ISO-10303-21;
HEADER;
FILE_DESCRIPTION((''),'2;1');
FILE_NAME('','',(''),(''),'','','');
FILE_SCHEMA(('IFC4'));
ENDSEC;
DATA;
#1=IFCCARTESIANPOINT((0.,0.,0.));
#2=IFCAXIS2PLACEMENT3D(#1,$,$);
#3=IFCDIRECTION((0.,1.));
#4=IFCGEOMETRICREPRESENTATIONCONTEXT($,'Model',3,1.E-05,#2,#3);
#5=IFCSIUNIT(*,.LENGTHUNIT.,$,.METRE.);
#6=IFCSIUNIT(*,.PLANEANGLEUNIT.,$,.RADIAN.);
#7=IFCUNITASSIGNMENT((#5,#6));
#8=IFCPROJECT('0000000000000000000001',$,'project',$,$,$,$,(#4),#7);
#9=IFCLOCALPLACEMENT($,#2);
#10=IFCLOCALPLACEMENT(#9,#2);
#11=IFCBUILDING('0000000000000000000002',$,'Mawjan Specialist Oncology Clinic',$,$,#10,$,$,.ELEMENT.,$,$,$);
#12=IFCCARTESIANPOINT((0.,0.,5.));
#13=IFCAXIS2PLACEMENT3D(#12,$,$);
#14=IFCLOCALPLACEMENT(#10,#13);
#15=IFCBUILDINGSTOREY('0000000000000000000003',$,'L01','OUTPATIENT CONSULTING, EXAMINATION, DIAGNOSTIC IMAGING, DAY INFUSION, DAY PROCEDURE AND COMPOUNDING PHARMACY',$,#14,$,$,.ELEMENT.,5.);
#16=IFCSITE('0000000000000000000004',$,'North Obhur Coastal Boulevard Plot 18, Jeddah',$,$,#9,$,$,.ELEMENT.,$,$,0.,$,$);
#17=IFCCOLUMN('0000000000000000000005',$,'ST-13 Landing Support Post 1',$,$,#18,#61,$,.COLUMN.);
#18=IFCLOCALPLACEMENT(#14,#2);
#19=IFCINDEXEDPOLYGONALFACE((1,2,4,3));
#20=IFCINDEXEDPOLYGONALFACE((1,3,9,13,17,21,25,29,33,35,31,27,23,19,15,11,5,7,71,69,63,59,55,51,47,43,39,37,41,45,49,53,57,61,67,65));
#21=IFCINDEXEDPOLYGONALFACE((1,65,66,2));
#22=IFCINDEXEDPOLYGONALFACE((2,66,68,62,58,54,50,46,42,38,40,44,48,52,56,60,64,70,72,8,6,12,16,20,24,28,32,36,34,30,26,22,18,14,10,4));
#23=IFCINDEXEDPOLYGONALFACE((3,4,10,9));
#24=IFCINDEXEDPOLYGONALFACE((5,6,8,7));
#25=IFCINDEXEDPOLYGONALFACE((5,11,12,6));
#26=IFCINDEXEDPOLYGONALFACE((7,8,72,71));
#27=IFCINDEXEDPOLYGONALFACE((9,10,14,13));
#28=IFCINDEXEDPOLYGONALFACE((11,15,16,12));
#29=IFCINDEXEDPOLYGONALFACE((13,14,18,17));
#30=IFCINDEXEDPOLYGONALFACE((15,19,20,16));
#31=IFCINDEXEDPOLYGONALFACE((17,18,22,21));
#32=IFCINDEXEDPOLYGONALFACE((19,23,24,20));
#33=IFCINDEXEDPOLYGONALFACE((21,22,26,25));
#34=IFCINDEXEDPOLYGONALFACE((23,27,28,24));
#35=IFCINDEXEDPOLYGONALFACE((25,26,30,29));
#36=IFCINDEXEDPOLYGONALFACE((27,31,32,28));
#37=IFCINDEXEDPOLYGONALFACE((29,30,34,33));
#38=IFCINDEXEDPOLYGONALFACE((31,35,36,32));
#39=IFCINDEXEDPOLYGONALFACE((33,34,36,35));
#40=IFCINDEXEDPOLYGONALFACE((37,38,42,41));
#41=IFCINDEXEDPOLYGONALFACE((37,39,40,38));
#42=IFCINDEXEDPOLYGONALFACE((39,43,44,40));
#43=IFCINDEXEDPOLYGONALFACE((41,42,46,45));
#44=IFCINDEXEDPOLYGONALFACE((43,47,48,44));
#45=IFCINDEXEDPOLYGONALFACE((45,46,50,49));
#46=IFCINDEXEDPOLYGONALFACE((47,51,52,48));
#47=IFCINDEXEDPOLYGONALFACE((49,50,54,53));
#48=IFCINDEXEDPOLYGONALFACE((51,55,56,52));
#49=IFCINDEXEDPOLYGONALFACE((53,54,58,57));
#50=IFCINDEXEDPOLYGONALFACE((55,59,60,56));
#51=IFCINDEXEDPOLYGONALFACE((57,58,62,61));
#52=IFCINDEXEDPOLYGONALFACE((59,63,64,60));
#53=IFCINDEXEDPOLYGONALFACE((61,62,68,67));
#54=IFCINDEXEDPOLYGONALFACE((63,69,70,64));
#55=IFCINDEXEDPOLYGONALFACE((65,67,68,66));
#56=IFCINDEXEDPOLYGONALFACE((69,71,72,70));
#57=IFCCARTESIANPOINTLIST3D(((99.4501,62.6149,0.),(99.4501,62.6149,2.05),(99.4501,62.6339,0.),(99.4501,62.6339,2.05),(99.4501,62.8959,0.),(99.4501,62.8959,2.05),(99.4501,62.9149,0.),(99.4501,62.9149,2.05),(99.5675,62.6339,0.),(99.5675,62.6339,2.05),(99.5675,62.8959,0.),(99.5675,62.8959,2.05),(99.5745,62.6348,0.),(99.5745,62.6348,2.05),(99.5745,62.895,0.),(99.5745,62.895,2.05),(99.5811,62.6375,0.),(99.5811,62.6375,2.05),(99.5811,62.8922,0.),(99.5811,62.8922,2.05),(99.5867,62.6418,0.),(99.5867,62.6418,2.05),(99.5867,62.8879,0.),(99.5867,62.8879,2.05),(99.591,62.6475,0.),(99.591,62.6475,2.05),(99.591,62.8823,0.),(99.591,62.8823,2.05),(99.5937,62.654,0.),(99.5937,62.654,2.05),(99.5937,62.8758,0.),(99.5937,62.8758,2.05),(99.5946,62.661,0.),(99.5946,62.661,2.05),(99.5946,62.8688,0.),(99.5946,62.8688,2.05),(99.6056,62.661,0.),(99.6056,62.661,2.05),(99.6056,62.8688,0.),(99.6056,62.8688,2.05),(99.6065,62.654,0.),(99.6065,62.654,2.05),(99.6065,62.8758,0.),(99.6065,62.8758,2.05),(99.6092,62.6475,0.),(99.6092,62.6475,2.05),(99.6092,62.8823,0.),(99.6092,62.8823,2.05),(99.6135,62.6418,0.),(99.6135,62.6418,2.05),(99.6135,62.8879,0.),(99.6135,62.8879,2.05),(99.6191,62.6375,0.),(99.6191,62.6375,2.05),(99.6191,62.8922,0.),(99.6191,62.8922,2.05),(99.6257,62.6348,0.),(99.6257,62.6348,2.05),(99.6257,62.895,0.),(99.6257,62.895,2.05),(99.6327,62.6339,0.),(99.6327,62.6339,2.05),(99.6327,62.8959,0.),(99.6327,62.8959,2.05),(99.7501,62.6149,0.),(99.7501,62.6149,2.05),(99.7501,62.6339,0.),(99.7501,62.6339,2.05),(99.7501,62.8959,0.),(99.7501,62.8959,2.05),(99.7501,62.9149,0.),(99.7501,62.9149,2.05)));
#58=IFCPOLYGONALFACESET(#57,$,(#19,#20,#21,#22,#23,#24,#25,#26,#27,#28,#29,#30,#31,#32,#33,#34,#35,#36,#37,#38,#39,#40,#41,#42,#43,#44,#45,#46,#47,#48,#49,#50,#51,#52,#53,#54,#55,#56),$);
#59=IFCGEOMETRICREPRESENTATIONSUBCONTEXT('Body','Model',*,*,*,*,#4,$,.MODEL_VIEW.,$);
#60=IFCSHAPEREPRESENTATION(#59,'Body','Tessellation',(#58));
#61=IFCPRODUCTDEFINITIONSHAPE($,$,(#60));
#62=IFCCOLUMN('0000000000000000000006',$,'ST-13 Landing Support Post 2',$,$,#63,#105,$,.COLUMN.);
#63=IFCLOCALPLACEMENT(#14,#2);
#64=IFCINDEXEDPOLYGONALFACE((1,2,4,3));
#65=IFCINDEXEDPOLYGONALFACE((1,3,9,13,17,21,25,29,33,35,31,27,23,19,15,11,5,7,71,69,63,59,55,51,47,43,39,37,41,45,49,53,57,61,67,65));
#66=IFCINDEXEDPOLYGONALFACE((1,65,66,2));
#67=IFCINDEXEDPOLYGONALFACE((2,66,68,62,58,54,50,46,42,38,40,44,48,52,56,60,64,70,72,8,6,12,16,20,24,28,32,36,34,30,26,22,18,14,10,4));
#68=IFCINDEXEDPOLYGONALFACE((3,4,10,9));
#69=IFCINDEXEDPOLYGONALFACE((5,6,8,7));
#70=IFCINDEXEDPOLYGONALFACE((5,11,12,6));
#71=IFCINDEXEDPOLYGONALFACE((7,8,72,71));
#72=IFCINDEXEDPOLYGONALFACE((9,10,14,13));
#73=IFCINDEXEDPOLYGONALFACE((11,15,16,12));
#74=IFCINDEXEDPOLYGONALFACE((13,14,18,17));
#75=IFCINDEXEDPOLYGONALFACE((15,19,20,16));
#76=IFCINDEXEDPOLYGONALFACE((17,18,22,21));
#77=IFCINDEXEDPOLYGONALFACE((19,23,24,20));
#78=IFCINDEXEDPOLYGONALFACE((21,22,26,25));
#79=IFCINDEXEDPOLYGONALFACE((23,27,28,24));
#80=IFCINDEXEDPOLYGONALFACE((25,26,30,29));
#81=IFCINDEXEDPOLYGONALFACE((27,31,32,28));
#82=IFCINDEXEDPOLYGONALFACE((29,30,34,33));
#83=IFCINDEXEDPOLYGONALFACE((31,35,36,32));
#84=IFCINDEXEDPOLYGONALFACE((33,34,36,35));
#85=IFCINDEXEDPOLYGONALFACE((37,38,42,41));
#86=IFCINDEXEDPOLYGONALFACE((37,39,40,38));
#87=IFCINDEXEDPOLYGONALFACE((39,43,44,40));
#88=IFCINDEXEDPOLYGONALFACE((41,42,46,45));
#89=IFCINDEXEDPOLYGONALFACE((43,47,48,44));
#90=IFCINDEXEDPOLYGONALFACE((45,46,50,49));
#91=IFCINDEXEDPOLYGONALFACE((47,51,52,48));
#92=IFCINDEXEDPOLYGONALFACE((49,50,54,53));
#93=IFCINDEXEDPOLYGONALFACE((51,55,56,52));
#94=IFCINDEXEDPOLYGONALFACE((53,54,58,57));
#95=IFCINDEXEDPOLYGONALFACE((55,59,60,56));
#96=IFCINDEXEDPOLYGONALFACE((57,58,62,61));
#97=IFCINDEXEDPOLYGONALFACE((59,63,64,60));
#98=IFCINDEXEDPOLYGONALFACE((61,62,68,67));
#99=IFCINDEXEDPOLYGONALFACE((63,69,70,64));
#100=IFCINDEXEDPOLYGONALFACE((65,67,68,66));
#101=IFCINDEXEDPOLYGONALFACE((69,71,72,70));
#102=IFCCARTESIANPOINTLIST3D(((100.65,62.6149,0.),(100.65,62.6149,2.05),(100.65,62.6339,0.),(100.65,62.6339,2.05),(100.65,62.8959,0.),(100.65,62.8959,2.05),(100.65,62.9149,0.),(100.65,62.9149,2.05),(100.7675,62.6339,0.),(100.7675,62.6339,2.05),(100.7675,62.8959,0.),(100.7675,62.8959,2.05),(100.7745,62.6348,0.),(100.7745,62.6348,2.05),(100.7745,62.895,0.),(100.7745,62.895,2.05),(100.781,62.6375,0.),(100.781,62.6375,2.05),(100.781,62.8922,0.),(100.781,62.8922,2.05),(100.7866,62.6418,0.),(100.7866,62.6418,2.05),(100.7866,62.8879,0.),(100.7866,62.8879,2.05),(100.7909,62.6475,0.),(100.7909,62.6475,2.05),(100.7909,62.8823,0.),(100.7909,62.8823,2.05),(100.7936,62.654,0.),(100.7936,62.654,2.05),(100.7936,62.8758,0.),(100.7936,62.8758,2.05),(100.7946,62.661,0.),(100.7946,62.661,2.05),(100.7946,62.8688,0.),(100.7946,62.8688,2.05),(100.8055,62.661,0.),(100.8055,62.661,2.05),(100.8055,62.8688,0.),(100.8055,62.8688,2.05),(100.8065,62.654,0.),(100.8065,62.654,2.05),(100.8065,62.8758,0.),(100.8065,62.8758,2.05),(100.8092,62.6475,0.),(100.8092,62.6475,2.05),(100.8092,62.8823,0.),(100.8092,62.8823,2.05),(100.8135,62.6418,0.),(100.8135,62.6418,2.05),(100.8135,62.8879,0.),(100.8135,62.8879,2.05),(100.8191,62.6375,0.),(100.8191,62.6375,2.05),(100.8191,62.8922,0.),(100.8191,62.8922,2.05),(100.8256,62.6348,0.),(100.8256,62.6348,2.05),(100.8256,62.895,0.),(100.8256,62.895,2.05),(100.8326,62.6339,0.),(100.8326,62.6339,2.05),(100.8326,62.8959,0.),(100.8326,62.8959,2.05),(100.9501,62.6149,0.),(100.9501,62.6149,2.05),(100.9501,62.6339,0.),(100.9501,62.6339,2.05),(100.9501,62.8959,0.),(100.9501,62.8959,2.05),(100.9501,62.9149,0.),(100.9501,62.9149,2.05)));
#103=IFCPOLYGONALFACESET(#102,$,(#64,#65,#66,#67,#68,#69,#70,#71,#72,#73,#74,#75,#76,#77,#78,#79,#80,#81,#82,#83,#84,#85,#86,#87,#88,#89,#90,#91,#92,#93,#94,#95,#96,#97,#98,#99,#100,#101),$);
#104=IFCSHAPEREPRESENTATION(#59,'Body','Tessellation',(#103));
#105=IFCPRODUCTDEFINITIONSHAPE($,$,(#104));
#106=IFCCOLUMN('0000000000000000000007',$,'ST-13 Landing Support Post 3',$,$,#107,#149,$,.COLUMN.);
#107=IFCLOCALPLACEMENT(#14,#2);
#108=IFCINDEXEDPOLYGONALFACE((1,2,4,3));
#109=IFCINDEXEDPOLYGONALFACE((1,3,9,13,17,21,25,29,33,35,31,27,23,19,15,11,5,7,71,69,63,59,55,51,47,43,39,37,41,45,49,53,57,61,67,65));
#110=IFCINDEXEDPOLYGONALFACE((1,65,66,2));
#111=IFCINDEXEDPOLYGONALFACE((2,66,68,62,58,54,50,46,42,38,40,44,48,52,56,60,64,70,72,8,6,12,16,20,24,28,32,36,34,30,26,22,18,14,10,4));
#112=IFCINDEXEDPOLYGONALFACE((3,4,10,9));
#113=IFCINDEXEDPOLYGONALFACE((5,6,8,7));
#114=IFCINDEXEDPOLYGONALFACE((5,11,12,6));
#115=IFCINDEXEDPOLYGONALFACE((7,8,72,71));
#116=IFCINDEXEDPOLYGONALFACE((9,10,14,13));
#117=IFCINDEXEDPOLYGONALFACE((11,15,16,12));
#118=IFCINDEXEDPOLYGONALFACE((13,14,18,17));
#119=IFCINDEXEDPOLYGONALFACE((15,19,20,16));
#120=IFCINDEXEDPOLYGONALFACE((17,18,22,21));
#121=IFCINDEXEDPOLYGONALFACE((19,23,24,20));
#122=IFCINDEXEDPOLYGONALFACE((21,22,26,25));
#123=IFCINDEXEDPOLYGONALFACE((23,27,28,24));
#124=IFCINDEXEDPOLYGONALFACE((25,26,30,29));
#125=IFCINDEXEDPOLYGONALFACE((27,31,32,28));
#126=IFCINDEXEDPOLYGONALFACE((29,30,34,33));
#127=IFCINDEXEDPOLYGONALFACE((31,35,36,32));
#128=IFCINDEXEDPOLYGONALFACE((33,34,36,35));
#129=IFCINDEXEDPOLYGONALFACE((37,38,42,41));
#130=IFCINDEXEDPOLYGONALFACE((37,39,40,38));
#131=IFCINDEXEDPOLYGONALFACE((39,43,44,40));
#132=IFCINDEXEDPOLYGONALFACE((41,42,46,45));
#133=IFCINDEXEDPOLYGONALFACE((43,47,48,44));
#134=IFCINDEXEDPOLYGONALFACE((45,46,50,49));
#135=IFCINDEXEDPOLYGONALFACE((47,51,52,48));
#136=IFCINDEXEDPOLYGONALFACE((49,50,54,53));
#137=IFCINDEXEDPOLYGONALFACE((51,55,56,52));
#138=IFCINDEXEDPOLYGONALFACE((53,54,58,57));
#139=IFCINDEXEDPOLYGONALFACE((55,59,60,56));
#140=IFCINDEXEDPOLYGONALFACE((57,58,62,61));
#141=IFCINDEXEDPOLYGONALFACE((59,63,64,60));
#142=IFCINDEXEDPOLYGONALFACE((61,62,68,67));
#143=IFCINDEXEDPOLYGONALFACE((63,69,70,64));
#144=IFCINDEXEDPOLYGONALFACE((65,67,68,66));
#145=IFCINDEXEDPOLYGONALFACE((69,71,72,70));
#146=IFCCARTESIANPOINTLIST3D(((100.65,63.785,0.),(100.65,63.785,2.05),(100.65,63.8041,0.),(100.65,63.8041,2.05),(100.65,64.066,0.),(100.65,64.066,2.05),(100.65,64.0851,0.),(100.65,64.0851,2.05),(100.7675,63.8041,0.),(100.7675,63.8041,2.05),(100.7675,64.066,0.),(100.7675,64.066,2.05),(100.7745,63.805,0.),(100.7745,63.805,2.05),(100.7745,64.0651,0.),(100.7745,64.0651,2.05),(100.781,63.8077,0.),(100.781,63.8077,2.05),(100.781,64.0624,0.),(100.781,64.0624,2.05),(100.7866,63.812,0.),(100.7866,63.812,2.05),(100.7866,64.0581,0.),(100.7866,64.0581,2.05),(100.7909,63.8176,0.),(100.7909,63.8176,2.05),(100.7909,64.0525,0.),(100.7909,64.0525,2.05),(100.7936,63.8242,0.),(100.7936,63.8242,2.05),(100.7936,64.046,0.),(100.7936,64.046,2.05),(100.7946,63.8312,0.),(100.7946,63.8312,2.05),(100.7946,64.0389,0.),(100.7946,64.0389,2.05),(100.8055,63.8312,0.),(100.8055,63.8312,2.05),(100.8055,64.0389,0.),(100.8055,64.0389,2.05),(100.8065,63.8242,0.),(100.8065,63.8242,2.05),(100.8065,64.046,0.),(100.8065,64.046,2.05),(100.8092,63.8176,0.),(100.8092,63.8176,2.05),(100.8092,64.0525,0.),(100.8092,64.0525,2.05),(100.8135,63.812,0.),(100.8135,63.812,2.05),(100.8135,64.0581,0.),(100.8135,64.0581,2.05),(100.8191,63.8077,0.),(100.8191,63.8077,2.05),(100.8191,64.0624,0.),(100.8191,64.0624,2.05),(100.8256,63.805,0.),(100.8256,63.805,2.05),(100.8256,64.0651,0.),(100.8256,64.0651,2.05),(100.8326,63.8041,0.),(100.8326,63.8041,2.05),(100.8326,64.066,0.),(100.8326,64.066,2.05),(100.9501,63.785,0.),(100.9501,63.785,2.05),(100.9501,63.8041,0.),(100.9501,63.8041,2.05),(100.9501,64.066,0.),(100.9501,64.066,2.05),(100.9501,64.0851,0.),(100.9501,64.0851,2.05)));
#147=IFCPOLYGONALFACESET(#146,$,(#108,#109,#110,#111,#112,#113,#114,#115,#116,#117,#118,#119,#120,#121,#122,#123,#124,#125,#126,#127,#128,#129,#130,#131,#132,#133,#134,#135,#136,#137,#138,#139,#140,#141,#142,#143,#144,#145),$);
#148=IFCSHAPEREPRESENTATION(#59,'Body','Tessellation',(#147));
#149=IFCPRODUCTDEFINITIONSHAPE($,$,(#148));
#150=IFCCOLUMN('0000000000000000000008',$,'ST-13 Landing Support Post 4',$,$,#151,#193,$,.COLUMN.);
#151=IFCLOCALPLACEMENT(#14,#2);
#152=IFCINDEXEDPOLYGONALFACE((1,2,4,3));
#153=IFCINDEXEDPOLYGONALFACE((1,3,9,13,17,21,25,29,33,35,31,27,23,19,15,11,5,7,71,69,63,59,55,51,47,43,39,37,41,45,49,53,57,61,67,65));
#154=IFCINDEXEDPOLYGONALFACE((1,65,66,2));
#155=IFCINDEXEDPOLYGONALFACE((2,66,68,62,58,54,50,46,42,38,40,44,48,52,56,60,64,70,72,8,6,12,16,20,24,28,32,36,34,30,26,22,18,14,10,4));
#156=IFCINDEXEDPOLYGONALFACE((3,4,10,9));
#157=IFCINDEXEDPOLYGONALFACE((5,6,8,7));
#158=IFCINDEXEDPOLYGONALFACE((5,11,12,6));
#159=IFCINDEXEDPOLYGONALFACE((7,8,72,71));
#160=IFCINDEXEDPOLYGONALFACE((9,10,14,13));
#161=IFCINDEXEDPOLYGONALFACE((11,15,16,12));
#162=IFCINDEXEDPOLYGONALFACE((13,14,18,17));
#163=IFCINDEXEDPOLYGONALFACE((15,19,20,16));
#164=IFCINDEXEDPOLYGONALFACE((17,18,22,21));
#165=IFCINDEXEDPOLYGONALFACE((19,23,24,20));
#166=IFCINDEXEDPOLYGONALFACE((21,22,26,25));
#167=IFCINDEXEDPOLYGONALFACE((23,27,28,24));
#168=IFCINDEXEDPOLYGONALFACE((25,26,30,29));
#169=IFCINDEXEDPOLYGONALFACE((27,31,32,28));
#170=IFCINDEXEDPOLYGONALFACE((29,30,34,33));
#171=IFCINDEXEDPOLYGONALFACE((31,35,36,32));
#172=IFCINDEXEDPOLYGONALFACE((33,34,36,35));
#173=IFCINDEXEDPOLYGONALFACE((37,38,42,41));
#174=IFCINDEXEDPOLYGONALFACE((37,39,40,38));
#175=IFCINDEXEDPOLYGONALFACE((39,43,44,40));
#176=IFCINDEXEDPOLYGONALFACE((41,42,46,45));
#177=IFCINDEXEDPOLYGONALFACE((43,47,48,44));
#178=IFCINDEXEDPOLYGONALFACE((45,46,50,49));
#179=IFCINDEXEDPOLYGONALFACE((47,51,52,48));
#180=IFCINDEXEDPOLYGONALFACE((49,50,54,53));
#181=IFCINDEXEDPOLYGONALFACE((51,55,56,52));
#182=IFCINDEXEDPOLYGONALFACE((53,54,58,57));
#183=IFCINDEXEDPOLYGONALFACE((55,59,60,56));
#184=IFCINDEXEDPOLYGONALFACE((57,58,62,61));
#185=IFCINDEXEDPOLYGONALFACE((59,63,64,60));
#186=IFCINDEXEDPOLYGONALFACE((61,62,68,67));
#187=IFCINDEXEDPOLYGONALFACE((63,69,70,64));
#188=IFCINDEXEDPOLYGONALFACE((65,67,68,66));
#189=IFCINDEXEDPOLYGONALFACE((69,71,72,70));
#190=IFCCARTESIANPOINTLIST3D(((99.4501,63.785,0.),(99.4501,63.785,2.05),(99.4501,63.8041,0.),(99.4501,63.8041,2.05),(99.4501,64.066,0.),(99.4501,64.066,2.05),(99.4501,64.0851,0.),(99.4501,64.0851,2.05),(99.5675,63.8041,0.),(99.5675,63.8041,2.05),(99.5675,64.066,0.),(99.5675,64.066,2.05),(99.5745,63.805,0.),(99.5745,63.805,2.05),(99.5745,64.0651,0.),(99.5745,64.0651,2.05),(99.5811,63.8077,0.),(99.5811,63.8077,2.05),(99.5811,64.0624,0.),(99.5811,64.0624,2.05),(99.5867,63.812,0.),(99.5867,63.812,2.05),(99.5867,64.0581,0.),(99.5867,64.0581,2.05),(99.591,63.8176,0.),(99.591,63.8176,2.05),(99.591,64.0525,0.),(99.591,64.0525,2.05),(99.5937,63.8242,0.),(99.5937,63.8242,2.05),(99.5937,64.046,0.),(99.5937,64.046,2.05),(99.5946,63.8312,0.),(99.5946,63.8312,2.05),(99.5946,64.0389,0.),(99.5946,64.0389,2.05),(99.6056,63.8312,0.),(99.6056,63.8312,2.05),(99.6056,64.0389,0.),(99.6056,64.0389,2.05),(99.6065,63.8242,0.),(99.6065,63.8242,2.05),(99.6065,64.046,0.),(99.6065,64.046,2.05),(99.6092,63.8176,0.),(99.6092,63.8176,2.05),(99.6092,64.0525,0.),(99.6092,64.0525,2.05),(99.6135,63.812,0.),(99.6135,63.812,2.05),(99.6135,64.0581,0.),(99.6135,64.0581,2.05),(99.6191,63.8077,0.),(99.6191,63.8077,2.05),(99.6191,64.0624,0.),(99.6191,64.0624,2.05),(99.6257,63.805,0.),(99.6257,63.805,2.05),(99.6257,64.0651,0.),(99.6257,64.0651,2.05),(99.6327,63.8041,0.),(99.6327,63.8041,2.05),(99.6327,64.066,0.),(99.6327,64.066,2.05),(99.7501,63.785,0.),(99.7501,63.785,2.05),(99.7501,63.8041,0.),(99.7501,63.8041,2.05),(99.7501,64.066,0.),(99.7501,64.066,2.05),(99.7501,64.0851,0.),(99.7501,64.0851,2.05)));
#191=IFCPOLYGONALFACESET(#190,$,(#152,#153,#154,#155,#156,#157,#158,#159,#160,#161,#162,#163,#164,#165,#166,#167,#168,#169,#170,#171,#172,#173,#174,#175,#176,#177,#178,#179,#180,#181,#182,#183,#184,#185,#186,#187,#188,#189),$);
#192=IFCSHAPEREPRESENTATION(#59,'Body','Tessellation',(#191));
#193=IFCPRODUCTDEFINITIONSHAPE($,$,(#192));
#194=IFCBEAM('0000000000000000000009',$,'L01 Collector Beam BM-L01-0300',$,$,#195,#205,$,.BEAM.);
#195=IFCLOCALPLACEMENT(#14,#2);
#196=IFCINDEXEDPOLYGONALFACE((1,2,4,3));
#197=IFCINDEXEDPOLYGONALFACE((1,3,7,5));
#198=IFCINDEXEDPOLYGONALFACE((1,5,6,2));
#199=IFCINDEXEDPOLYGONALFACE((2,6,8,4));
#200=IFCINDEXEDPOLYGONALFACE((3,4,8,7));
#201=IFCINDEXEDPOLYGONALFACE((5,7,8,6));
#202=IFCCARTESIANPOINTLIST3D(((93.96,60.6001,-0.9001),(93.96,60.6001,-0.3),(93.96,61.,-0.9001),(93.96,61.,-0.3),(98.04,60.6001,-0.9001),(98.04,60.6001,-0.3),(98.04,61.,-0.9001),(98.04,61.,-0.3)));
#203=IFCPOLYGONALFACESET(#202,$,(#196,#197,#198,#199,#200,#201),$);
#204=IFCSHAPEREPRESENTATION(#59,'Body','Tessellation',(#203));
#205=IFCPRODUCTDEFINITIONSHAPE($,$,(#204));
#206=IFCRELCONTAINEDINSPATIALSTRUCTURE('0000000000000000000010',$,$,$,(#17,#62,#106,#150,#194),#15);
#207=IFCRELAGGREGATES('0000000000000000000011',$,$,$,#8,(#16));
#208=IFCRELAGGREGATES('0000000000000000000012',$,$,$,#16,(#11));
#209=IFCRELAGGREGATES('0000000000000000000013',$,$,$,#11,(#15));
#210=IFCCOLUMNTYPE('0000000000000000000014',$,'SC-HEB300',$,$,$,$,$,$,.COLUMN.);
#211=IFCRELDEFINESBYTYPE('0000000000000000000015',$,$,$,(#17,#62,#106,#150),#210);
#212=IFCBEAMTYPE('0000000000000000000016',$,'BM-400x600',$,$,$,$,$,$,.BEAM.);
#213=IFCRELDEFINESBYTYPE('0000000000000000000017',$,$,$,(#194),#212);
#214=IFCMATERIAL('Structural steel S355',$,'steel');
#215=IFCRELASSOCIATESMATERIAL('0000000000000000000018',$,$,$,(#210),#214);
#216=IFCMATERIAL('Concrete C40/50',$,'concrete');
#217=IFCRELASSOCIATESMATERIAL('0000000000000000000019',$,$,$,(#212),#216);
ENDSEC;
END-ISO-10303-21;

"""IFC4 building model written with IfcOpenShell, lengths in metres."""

from ifc_helpers import new_model, si_unit, direction, frame, origin, origin_2d, place, context, subcontext, project, spatial, rectangle, i_section, extrude, material, material_profile, profile_set, type_object, element, save


model = new_model("IFC4")

# Units and contexts
model_context = context("Model", 3, precision=1e-05, world=origin(), true_north=direction((0.0, 1.0)))
body_context = subcontext(model_context, "Body", "Model", "MODEL_VIEW")
ifc_project = project(units=[si_unit("LENGTHUNIT", "METRE"), si_unit("PLANEANGLEUNIT", "RADIAN")], contexts=[model_context])

# Site, building, storey
site_placement = place(None, origin())
site = spatial("IfcSite", under=ifc_project, at=site_placement, Name="North Obhur Coastal Boulevard Plot 18, Jeddah", CompositionType="ELEMENT", RefElevation=0.0)
building_placement = place(site_placement, origin())
building = spatial("IfcBuilding", under=site, at=building_placement, Name="Mawjan Specialist Oncology Clinic", CompositionType="ELEMENT")
storey_placement = place(building_placement, frame((0.0, 0.0, 5.0)))
storey = spatial("IfcBuildingStorey", under=building, at=storey_placement, Name="L01", Description="OUTPATIENT CONSULTING, EXAMINATION, DIAGNOSTIC IMAGING, DAY INFUSION, DAY PROCEDURE AND COMPOUNDING PHARMACY", CompositionType="ELEMENT", Elevation=5.0)

# Columns
ifc_material_1 = material(Name="Structural steel S355", Category="steel")
ifc_material_profile_1 = material_profile(ifc_material_1, i_section(OverallWidth=0.3, OverallDepth=0.3, WebThickness=0.011, FlangeThickness=0.019, FilletRadius=0.0271, at=origin_2d()), Name="HEB 300", Category="steel")
ifc_profile_set_1 = profile_set([ifc_material_profile_1], Name="Structural steel S355")
column_type_1 = type_object("IfcColumnType", Name="SC-HEB300", PredefinedType="COLUMN", material=ifc_profile_set_1)
for number, where, z_axis, x_axis, name in (
    (1, (99.6001, 62.7649, 0.0), (0.0, 0.0, 1.0), (1.0, 0.0, 0.0), "ST-13 Landing Support Post 1"),
    (2, (100.8, 62.7649, 0.0), (0.0, 0.0, 1.0), (1.0, 0.0, 0.0), "ST-13 Landing Support Post 2"),
    (3, (100.8, 63.9351, 0.0), (0.0, 0.0, 1.0), (1.0, 0.0, 0.0), "ST-13 Landing Support Post 3"),
    (4, (99.6001, 63.9351, 0.0), (0.0, 0.0, 1.0), (1.0, 0.0, 0.0), "ST-13 Landing Support Post 4"),
):
    element("IfcColumn", number, at=place(storey_placement, frame(where, z_axis=z_axis, x_axis=x_axis)), inside=storey, type_object=column_type_1, Name=name, PredefinedType="COLUMN", context=body_context, shape_type="SweptSolid", body=[
        extrude(i_section(OverallWidth=0.3, OverallDepth=0.3, WebThickness=0.011, FlangeThickness=0.019, FilletRadius=0.0271, at=origin_2d()), origin(), (0.0, 0.0, 1.0), 2.05),
    ])

# Beam
ifc_material_2 = material(Name="Concrete C40/50", Category="concrete")
ifc_material_profile_2 = material_profile(ifc_material_2, rectangle(XDim=0.3999, YDim=0.6001, at=origin_2d()), Name="RC BM 400x600", Category="concrete")
ifc_profile_set_2 = profile_set([ifc_material_profile_2], Name="Concrete C40/50")
beam_type_1 = type_object("IfcBeamType", Name="BM-400x600", PredefinedType="BEAM", material=ifc_profile_set_2)
for number, where, z_axis, x_axis, name in (
    (5, (93.96, 60.8, -0.6001), (1.0, 0.0, 0.0), (0.0, 1.0, 0.0), "L01 Collector Beam BM-L01-0300"),
):
    element("IfcBeam", number, at=place(storey_placement, frame(where, z_axis=z_axis, x_axis=x_axis)), inside=storey, type_object=beam_type_1, Name=name, PredefinedType="BEAM", context=body_context, shape_type="SweptSolid", body=[
        extrude(rectangle(XDim=0.3999, YDim=0.6001, at=origin_2d()), origin(), (0.0, 0.0, 1.0), 4.0801),
    ])

save(model, "model.ifc")
